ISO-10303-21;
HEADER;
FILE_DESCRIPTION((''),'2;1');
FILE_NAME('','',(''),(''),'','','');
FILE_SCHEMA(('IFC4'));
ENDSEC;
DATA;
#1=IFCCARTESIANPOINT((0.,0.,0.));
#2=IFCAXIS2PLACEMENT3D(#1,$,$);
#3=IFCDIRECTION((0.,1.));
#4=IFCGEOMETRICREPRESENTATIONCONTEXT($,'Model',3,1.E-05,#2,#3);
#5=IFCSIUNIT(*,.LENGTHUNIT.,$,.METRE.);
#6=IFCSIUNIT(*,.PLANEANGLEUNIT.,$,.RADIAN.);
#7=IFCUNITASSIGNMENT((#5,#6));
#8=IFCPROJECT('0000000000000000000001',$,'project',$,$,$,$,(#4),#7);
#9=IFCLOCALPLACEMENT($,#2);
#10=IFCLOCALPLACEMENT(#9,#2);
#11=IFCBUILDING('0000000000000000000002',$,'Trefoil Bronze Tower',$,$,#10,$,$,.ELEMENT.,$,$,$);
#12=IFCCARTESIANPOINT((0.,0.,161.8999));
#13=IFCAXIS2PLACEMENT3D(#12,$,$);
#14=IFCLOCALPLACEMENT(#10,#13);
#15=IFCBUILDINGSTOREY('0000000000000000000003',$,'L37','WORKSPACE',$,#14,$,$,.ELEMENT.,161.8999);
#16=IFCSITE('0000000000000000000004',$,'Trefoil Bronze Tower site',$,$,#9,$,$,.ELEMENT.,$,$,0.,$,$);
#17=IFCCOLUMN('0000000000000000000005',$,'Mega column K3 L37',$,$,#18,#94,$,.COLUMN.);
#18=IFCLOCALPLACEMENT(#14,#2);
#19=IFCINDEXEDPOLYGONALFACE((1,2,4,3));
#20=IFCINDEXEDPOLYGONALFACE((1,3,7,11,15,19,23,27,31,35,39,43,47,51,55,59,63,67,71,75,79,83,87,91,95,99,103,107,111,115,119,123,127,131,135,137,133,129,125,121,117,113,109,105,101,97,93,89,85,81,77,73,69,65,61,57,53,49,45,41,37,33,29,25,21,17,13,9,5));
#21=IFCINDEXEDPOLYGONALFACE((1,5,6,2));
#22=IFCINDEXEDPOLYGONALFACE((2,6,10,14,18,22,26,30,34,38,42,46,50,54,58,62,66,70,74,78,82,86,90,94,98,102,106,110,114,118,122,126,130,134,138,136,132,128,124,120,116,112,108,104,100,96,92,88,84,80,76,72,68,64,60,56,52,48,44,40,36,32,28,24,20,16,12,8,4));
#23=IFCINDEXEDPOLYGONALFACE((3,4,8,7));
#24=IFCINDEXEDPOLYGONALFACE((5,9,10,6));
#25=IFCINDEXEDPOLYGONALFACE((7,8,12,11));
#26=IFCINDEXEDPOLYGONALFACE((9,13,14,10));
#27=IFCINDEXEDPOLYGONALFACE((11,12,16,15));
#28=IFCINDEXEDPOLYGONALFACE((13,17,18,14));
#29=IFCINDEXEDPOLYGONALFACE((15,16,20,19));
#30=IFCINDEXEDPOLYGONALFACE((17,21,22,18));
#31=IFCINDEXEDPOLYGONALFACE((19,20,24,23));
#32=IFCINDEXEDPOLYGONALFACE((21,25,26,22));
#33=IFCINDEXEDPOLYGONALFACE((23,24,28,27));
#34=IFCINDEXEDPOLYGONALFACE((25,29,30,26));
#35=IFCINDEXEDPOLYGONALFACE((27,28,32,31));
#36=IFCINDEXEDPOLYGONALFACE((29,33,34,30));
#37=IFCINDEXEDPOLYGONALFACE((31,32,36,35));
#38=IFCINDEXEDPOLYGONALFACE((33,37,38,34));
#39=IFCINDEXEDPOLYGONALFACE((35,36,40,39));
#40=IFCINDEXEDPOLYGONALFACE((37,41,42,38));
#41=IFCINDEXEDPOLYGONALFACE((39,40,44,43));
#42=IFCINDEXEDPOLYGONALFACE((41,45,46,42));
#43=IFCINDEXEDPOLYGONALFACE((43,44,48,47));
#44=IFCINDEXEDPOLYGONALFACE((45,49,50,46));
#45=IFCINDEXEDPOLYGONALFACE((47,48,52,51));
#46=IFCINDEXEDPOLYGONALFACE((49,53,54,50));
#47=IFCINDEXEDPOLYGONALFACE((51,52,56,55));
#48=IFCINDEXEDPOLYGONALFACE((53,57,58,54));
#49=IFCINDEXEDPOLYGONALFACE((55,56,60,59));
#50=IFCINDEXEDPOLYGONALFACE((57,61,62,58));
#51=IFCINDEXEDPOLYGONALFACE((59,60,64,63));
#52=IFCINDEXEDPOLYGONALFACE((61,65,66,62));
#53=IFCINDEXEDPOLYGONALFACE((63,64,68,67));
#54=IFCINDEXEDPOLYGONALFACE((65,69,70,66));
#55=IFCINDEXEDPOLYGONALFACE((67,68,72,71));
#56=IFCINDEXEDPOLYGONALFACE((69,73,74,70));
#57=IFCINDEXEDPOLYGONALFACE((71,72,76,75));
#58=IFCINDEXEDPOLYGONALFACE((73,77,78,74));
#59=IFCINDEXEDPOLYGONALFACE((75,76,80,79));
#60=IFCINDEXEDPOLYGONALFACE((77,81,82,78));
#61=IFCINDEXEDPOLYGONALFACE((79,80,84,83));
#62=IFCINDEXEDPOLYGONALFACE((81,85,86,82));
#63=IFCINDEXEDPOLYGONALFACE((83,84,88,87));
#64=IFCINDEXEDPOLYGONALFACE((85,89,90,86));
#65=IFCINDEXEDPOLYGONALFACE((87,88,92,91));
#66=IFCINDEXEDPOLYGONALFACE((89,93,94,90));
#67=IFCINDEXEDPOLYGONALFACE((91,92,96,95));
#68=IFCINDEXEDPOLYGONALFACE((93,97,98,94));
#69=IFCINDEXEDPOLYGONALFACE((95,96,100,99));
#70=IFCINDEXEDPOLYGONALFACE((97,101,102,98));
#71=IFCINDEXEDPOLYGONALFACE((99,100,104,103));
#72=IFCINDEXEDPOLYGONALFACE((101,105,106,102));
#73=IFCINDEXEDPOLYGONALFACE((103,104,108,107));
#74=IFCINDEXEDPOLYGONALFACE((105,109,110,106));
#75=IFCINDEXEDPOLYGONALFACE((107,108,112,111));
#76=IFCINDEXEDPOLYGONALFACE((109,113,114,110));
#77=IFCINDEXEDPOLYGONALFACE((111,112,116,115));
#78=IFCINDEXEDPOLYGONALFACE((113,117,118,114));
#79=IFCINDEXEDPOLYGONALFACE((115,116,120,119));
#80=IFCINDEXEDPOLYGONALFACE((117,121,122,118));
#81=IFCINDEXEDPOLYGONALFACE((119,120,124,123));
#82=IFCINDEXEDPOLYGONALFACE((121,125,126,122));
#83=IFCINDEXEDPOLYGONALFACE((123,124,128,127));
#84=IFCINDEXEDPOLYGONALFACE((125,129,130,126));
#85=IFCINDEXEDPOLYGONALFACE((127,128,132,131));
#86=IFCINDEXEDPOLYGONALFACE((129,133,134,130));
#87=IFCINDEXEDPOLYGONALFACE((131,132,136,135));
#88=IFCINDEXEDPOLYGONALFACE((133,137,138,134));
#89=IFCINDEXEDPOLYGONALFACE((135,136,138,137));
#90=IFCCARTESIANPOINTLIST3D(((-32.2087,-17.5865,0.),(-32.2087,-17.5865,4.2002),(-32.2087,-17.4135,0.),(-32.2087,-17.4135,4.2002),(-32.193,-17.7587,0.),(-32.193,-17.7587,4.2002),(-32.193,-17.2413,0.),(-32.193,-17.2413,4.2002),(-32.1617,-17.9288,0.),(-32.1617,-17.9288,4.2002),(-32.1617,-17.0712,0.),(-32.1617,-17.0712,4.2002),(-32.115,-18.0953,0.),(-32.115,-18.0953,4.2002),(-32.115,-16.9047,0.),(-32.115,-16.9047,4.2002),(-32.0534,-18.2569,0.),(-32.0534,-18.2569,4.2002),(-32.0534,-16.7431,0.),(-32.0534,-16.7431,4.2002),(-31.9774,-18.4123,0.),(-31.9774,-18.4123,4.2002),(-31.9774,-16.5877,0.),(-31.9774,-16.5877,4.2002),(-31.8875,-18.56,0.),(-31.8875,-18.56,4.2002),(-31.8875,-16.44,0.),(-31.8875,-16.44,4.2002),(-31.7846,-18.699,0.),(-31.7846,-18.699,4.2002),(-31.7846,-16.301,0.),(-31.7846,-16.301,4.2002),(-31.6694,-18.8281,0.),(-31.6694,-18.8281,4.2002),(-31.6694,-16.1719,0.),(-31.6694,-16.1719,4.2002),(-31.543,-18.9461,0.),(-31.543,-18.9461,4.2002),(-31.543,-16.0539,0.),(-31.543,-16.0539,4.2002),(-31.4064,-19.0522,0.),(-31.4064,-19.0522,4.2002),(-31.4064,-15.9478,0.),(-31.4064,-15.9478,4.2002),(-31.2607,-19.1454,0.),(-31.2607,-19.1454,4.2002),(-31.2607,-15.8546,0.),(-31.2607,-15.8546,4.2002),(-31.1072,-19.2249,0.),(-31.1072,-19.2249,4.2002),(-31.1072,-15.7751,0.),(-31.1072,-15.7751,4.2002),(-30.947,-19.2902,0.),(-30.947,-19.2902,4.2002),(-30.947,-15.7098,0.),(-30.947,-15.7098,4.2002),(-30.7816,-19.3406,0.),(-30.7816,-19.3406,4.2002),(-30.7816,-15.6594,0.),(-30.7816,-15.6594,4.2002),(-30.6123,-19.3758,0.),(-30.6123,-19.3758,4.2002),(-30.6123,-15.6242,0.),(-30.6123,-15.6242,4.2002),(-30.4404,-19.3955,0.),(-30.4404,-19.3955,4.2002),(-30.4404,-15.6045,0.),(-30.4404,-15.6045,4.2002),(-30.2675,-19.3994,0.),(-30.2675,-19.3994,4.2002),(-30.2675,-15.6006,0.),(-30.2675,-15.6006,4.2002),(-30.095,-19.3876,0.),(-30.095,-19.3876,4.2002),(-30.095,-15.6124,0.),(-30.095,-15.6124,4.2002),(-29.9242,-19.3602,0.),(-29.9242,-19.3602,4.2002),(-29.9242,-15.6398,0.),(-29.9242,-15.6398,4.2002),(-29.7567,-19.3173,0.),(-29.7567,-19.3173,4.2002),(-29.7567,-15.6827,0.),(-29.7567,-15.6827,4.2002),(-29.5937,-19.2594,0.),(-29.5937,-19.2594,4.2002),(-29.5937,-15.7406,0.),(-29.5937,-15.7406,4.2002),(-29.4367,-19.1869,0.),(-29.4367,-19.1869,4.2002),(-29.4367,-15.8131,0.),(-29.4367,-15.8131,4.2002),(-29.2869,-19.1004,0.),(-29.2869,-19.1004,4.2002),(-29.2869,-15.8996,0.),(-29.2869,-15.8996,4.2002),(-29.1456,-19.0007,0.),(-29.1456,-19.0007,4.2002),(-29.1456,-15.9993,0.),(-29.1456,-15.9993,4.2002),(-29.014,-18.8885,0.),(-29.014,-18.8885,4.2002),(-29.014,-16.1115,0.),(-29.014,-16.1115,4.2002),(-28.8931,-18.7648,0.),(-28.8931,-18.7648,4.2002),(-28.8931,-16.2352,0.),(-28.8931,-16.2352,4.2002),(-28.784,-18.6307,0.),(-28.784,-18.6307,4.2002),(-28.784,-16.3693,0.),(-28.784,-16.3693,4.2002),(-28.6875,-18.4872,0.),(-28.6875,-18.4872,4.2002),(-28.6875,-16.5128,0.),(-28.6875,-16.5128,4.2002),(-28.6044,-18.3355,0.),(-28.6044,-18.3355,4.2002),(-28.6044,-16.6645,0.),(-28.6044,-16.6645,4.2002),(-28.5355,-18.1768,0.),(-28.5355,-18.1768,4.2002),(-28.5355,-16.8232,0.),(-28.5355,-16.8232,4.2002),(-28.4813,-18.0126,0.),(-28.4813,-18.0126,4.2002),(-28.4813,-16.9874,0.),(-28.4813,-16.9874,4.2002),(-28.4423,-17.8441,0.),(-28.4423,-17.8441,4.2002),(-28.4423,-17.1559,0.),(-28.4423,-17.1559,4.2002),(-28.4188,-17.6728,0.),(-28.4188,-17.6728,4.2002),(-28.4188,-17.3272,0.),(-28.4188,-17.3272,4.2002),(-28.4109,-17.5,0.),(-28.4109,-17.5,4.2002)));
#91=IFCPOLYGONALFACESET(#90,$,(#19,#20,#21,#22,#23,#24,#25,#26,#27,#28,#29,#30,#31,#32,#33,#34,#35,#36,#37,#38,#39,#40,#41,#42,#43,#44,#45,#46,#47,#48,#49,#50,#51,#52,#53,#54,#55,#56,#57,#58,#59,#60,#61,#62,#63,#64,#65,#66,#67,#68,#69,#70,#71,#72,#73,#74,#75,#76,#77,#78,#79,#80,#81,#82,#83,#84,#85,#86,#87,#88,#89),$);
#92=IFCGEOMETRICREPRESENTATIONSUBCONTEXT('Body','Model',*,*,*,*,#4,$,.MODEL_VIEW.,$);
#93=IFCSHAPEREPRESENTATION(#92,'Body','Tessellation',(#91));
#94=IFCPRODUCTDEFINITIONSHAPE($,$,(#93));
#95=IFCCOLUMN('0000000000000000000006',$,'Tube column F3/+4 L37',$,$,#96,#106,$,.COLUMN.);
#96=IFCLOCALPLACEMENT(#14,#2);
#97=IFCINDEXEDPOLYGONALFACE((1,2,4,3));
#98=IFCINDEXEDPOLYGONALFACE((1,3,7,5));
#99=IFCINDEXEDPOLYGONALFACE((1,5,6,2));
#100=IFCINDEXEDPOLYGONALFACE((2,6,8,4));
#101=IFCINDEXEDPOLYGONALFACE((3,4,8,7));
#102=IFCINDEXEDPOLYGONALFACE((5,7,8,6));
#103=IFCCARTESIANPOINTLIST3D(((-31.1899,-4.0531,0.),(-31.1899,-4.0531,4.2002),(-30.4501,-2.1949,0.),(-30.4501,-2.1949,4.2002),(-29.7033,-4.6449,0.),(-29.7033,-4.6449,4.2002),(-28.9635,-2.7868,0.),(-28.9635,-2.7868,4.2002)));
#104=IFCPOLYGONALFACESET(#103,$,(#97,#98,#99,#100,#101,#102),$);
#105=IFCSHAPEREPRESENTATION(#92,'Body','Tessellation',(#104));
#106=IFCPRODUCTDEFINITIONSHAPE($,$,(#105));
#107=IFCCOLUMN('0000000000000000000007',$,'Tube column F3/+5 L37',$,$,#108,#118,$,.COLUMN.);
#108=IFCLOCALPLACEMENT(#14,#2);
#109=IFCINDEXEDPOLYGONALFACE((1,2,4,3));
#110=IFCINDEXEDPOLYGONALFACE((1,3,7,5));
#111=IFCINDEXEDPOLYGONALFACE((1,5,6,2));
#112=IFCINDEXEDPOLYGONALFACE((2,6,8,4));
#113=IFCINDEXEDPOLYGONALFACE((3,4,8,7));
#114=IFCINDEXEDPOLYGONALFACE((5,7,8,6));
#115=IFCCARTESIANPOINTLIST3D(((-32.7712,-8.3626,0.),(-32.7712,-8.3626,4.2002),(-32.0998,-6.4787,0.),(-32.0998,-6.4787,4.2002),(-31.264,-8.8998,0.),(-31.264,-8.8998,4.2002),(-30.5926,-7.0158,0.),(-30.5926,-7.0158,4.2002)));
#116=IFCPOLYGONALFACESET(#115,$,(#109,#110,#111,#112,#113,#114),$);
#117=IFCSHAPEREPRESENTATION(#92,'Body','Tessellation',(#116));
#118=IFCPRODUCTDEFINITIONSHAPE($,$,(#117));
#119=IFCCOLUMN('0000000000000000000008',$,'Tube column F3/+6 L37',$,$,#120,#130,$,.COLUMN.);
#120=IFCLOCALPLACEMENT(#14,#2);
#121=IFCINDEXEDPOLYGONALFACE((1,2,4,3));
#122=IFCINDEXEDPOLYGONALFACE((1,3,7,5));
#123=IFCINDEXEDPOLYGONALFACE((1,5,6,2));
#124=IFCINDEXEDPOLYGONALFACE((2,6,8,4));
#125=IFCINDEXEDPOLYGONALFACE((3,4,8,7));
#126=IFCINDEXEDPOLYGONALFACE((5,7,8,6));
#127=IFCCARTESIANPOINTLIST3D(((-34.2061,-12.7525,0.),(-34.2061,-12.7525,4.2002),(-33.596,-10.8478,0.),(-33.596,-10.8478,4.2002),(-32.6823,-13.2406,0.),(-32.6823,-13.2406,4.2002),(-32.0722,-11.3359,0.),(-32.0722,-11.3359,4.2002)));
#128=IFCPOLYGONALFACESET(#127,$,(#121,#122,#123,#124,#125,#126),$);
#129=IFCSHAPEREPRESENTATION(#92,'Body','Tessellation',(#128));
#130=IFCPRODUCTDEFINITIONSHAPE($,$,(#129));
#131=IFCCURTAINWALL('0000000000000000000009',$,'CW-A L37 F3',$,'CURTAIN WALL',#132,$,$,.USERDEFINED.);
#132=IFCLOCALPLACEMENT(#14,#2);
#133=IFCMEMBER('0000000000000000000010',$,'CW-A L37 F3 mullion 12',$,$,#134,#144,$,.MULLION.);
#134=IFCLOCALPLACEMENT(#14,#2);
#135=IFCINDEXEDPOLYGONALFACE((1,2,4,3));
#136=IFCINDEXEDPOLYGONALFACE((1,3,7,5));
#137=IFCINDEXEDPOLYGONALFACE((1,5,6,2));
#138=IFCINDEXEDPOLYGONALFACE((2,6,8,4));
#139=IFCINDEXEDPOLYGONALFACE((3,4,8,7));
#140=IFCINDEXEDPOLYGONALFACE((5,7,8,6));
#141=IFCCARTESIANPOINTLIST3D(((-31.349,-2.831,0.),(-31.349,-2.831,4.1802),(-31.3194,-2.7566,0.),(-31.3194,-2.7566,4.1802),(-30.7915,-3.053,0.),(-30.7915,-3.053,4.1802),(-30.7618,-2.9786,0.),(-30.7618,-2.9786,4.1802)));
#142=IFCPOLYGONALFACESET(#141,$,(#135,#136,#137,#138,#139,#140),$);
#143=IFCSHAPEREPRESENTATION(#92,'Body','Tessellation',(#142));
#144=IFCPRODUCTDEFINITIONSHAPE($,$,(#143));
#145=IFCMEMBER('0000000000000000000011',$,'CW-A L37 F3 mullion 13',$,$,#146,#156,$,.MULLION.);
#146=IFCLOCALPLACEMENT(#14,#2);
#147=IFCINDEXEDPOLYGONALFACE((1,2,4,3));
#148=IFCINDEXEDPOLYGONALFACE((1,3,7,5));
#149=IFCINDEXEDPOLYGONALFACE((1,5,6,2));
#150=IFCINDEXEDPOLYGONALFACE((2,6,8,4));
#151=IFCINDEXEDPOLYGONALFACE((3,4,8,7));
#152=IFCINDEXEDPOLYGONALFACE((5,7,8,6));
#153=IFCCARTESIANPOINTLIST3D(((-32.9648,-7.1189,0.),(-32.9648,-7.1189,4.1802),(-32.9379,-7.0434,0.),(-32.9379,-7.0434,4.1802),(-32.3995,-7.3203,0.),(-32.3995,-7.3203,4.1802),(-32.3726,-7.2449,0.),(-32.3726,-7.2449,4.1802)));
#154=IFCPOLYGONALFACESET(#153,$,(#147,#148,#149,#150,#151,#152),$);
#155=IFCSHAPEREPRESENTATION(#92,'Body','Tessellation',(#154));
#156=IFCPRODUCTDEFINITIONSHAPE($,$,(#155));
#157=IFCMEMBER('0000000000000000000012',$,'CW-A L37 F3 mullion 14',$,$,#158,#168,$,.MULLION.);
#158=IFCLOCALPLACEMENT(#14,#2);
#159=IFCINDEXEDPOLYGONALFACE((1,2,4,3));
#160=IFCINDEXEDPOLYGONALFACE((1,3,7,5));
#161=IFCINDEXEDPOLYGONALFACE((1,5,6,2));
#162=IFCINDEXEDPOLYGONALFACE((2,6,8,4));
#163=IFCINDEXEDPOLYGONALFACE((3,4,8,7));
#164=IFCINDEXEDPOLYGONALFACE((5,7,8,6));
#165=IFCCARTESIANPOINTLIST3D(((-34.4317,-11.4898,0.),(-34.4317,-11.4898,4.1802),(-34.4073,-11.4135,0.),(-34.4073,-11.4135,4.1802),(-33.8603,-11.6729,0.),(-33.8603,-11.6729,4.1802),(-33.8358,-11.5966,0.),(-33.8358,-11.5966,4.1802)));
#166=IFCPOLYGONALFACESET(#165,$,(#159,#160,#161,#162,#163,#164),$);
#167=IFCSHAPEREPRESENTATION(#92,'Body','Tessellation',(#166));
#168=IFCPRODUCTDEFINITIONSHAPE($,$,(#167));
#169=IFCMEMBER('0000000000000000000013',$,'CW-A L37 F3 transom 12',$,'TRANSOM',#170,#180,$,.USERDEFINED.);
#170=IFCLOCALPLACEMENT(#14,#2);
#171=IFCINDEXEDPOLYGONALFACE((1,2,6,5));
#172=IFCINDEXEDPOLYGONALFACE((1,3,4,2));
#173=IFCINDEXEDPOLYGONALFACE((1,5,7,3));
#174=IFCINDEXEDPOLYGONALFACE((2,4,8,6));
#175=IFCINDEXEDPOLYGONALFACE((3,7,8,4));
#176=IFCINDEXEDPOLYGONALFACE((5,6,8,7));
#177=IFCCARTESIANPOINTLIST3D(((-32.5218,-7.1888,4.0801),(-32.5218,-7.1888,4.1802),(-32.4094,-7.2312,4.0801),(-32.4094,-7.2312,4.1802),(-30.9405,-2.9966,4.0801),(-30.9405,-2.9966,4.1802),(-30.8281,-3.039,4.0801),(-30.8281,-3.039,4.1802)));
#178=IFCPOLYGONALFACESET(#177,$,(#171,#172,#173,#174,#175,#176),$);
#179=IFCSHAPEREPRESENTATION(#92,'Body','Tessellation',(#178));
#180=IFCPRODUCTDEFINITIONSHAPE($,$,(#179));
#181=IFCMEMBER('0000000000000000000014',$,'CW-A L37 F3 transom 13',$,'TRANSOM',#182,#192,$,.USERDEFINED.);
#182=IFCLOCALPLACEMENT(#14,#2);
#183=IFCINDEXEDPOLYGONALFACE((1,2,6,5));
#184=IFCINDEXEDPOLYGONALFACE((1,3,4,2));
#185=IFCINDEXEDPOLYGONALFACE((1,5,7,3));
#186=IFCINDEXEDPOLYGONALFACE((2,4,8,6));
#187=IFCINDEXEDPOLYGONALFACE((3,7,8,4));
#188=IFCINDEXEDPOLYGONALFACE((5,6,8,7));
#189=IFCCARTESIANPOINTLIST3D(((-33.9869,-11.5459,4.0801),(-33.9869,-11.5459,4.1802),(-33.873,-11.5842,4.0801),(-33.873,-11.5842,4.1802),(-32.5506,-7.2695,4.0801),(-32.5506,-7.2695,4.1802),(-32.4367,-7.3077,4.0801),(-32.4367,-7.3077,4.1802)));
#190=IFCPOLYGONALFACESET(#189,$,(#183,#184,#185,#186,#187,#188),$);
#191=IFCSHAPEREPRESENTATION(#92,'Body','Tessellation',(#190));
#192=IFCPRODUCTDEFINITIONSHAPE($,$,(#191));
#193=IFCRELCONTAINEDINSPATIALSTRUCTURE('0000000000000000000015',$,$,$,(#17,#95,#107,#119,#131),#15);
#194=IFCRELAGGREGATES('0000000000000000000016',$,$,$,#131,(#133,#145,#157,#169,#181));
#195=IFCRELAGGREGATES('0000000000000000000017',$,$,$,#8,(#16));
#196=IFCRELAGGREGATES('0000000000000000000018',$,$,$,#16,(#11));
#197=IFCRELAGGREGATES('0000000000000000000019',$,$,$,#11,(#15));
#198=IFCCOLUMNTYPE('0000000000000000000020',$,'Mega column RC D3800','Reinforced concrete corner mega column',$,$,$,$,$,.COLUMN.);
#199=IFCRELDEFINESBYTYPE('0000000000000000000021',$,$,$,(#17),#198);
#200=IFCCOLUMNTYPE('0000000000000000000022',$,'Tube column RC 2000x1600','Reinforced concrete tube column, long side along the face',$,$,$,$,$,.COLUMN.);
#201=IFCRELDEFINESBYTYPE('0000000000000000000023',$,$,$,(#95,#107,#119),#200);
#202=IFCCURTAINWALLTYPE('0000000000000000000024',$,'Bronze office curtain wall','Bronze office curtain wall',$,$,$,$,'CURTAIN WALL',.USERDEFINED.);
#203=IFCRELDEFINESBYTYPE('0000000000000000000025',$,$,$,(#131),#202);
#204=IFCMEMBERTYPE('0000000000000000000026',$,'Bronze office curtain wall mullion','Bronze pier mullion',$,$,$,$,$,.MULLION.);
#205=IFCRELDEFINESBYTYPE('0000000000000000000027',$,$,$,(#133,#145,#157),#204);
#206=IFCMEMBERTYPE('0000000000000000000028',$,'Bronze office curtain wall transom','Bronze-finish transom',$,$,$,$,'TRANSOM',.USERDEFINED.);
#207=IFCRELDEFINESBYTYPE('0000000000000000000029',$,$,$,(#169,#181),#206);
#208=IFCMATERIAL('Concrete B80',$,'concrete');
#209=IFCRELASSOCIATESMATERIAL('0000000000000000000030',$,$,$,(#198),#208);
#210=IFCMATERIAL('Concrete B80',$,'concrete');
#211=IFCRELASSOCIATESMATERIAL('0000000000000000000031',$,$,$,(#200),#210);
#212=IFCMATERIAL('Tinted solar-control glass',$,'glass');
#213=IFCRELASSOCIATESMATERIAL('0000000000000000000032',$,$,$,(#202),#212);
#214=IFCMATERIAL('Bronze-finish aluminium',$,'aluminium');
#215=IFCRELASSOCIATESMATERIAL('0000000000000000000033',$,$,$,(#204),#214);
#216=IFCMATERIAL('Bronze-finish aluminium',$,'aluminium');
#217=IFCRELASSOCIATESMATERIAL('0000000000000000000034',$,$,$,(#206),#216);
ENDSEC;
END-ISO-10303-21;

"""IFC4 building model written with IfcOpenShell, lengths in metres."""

from ifc_helpers import new_model, si_unit, direction, frame, origin, origin_2d, place, context, subcontext, project, spatial, rectangle, circle, extrude, material, material_profile, profile_set, type_object, element, aggregate, save


model = new_model("IFC4")

# Units and contexts
model_context = context("Model", 3, precision=1e-05, world=origin(), true_north=direction((0.0, 1.0)))
body_context = subcontext(model_context, "Body", "Model", "MODEL_VIEW")
ifc_project = project(units=[si_unit("LENGTHUNIT", "METRE"), si_unit("PLANEANGLEUNIT", "RADIAN")], contexts=[model_context])

# Site, building, storey
site_placement = place(None, origin())
site = spatial("IfcSite", under=ifc_project, at=site_placement, Name="Trefoil Bronze Tower site", CompositionType="ELEMENT", RefElevation=0.0)
building_placement = place(site_placement, origin())
building = spatial("IfcBuilding", under=site, at=building_placement, Name="Trefoil Bronze Tower", CompositionType="ELEMENT")
storey_placement = place(building_placement, frame((0.0, 0.0, 161.8999)))
storey = spatial("IfcBuildingStorey", under=building, at=storey_placement, Name="L37", Description="WORKSPACE", CompositionType="ELEMENT", Elevation=161.8999)

# Columns
ifc_material_1 = material(Name="Concrete B80", Category="concrete")
ifc_material_profile_1 = material_profile(ifc_material_1, circle(Radius=1.8999, at=origin_2d()), Name="RC D3800")
ifc_profile_set_1 = profile_set([ifc_material_profile_1], Name="Concrete B80")
column_type_1 = type_object("IfcColumnType", Name="Mega column RC D3800", Description="Reinforced concrete corner mega column", PredefinedType="COLUMN", material=ifc_profile_set_1)
column_placement = place(storey_placement, frame((-30.3108, -17.5, 0.0), z_axis=(0.0, 0.0, 1.0), x_axis=(1.0, 0.0, 0.0)))
element("IfcColumn", 1, at=column_placement, inside=storey, type_object=column_type_1, Name="Mega column K3 L37", PredefinedType="COLUMN", context=body_context, shape_type="SweptSolid", body=[
    extrude(circle(Radius=1.8999, at=origin_2d()), origin(), (0.0, 0.0, 1.0), 4.2002),
])
ifc_material_2 = material(Name="Concrete B80", Category="concrete")
ifc_material_profile_2 = material_profile(ifc_material_2, rectangle(XDim=2.0, YDim=1.6001, at=origin_2d()), Name="RC 2000x1600")
ifc_profile_set_2 = profile_set([ifc_material_profile_2], Name="Concrete B80")
column_type_2 = type_object("IfcColumnType", Name="Tube column RC 2000x1600", Description="Reinforced concrete tube column, long side along the face", PredefinedType="COLUMN", material=ifc_profile_set_2)
for number, where, z_axis, x_axis, name in (
    (2, (-30.0767, -3.4199, 0.0), (0.0, 0.0, 1.0), (-0.369901, -0.929071, 0.0), "Tube column F3/+4 L37"),
    (3, (-31.6819, -7.6892, 0.0), (0.0, 0.0, 1.0), (-0.335718, -0.941963, 0.0), "Tube column F3/+5 L37"),
    (4, (-33.1392, -12.0442, 0.0), (0.0, 0.0, 1.0), (-0.305066, -0.952331, 0.0), "Tube column F3/+6 L37"),
):
    element("IfcColumn", number, at=place(storey_placement, frame(where, z_axis=z_axis, x_axis=x_axis)), inside=storey, type_object=column_type_2, Name=name, PredefinedType="COLUMN", context=body_context, shape_type="SweptSolid", body=[
        extrude(rectangle(XDim=2.0, YDim=1.6001, at=origin_2d()), origin(), (0.0, 0.0, 1.0), 4.2002),
    ])

# Curtain wall, members
ifc_material_3 = material(Name="Tinted solar-control glass", Category="glass")
curtain_wall_type_1 = type_object("IfcCurtainWallType", Name="Bronze office curtain wall", Description="Bronze office curtain wall", ElementType="CURTAIN WALL", PredefinedType="USERDEFINED", material=ifc_material_3)
curtain_wall_1_placement = place(storey_placement, origin())
curtain_wall_1 = element("IfcCurtainWall", 5, at=curtain_wall_1_placement, inside=storey, type_object=curtain_wall_type_1, Name="CW-A L37 F3", ObjectType="CURTAIN WALL", PredefinedType="USERDEFINED")
ifc_material_4 = material(Name="Bronze-finish aluminium", Category="aluminium")
ifc_material_profile_3 = material_profile(ifc_material_4, rectangle(XDim=0.6001, YDim=0.0801, at=origin_2d()), Name="CW-A mullion")
ifc_profile_set_3 = profile_set([ifc_material_profile_3], Name="Bronze-finish aluminium")
member_type_1 = type_object("IfcMemberType", Name="Bronze office curtain wall mullion", Description="Bronze pier mullion", PredefinedType="MULLION", material=ifc_profile_set_3)
member_1_placement = place(storey_placement, frame((-31.0554, -2.9048, 0.0), z_axis=(0.0, 0.0, 1.0), x_axis=(0.929071, -0.369901, 0.0)))
member_1 = element("IfcMember", 6, at=member_1_placement, type_object=member_type_1, Name="CW-A L37 F3 mullion 12", PredefinedType="MULLION", context=body_context, shape_type="SweptSolid", body=[
    extrude(rectangle(XDim=0.6001, YDim=0.0801, at=origin_2d()), origin(), (0.0, 0.0, 1.0), 4.1802),
])
member_2_placement = place(storey_placement, frame((-32.6687, -7.1819, 0.0), z_axis=(0.0, 0.0, 1.0), x_axis=(0.941963, -0.335718, 0.0)))
member_2 = element("IfcMember", 7, at=member_2_placement, type_object=member_type_1, Name="CW-A L37 F3 mullion 13", PredefinedType="MULLION", context=body_context, shape_type="SweptSolid", body=[
    extrude(rectangle(XDim=0.6001, YDim=0.0801, at=origin_2d()), origin(), (0.0, 0.0, 1.0), 4.1802),
])
member_3_placement = place(storey_placement, frame((-34.1338, -11.5432, 0.0), z_axis=(0.0, 0.0, 1.0), x_axis=(0.952331, -0.305066, 0.0)))
member_3 = element("IfcMember", 8, at=member_3_placement, type_object=member_type_1, Name="CW-A L37 F3 mullion 14", PredefinedType="MULLION", context=body_context, shape_type="SweptSolid", body=[
    extrude(rectangle(XDim=0.6001, YDim=0.0801, at=origin_2d()), origin(), (0.0, 0.0, 1.0), 4.1802),
])
ifc_material_5 = material(Name="Bronze-finish aluminium", Category="aluminium")
ifc_material_profile_4 = material_profile(ifc_material_5, rectangle(XDim=0.1201, YDim=0.1001, at=origin_2d()), Name="CW-A transom")
ifc_profile_set_4 = profile_set([ifc_material_profile_4], Name="Bronze-finish aluminium")
member_type_2 = type_object("IfcMemberType", Name="Bronze office curtain wall transom", Description="Bronze-finish transom", ElementType="TRANSOM", PredefinedType="USERDEFINED", material=ifc_profile_set_4)
member_4_placement = place(storey_placement, frame((-30.8843, -3.0178, 4.1301), z_axis=(-0.352932, -0.935649, 0.0), x_axis=(0.935649, -0.352932, 0.0)))
member_4 = element("IfcMember", 9, at=member_4_placement, type_object=member_type_2, Name="CW-A L37 F3 transom 12", ObjectType="TRANSOM", PredefinedType="USERDEFINED", context=body_context, shape_type="SweptSolid", body=[
    extrude(rectangle(XDim=0.1201, YDim=0.1001, at=origin_2d()), origin(), (0.0, 0.0, 1.0), 4.4805),
])
member_5_placement = place(storey_placement, frame((-32.4937, -7.2886, 4.1301), z_axis=(-0.318386, -0.947961, 0.0), x_axis=(0.947961, -0.318386, 0.0)))
member_5 = element("IfcMember", 10, at=member_5_placement, type_object=member_type_2, Name="CW-A L37 F3 transom 13", ObjectType="TRANSOM", PredefinedType="USERDEFINED", context=body_context, shape_type="SweptSolid", body=[
    extrude(rectangle(XDim=0.1201, YDim=0.1001, at=origin_2d()), origin(), (0.0, 0.0, 1.0), 4.5112),
])

aggregate(curtain_wall_1, [member_1, member_2, member_3, member_4, member_5])

save(model, "model.ifc")
